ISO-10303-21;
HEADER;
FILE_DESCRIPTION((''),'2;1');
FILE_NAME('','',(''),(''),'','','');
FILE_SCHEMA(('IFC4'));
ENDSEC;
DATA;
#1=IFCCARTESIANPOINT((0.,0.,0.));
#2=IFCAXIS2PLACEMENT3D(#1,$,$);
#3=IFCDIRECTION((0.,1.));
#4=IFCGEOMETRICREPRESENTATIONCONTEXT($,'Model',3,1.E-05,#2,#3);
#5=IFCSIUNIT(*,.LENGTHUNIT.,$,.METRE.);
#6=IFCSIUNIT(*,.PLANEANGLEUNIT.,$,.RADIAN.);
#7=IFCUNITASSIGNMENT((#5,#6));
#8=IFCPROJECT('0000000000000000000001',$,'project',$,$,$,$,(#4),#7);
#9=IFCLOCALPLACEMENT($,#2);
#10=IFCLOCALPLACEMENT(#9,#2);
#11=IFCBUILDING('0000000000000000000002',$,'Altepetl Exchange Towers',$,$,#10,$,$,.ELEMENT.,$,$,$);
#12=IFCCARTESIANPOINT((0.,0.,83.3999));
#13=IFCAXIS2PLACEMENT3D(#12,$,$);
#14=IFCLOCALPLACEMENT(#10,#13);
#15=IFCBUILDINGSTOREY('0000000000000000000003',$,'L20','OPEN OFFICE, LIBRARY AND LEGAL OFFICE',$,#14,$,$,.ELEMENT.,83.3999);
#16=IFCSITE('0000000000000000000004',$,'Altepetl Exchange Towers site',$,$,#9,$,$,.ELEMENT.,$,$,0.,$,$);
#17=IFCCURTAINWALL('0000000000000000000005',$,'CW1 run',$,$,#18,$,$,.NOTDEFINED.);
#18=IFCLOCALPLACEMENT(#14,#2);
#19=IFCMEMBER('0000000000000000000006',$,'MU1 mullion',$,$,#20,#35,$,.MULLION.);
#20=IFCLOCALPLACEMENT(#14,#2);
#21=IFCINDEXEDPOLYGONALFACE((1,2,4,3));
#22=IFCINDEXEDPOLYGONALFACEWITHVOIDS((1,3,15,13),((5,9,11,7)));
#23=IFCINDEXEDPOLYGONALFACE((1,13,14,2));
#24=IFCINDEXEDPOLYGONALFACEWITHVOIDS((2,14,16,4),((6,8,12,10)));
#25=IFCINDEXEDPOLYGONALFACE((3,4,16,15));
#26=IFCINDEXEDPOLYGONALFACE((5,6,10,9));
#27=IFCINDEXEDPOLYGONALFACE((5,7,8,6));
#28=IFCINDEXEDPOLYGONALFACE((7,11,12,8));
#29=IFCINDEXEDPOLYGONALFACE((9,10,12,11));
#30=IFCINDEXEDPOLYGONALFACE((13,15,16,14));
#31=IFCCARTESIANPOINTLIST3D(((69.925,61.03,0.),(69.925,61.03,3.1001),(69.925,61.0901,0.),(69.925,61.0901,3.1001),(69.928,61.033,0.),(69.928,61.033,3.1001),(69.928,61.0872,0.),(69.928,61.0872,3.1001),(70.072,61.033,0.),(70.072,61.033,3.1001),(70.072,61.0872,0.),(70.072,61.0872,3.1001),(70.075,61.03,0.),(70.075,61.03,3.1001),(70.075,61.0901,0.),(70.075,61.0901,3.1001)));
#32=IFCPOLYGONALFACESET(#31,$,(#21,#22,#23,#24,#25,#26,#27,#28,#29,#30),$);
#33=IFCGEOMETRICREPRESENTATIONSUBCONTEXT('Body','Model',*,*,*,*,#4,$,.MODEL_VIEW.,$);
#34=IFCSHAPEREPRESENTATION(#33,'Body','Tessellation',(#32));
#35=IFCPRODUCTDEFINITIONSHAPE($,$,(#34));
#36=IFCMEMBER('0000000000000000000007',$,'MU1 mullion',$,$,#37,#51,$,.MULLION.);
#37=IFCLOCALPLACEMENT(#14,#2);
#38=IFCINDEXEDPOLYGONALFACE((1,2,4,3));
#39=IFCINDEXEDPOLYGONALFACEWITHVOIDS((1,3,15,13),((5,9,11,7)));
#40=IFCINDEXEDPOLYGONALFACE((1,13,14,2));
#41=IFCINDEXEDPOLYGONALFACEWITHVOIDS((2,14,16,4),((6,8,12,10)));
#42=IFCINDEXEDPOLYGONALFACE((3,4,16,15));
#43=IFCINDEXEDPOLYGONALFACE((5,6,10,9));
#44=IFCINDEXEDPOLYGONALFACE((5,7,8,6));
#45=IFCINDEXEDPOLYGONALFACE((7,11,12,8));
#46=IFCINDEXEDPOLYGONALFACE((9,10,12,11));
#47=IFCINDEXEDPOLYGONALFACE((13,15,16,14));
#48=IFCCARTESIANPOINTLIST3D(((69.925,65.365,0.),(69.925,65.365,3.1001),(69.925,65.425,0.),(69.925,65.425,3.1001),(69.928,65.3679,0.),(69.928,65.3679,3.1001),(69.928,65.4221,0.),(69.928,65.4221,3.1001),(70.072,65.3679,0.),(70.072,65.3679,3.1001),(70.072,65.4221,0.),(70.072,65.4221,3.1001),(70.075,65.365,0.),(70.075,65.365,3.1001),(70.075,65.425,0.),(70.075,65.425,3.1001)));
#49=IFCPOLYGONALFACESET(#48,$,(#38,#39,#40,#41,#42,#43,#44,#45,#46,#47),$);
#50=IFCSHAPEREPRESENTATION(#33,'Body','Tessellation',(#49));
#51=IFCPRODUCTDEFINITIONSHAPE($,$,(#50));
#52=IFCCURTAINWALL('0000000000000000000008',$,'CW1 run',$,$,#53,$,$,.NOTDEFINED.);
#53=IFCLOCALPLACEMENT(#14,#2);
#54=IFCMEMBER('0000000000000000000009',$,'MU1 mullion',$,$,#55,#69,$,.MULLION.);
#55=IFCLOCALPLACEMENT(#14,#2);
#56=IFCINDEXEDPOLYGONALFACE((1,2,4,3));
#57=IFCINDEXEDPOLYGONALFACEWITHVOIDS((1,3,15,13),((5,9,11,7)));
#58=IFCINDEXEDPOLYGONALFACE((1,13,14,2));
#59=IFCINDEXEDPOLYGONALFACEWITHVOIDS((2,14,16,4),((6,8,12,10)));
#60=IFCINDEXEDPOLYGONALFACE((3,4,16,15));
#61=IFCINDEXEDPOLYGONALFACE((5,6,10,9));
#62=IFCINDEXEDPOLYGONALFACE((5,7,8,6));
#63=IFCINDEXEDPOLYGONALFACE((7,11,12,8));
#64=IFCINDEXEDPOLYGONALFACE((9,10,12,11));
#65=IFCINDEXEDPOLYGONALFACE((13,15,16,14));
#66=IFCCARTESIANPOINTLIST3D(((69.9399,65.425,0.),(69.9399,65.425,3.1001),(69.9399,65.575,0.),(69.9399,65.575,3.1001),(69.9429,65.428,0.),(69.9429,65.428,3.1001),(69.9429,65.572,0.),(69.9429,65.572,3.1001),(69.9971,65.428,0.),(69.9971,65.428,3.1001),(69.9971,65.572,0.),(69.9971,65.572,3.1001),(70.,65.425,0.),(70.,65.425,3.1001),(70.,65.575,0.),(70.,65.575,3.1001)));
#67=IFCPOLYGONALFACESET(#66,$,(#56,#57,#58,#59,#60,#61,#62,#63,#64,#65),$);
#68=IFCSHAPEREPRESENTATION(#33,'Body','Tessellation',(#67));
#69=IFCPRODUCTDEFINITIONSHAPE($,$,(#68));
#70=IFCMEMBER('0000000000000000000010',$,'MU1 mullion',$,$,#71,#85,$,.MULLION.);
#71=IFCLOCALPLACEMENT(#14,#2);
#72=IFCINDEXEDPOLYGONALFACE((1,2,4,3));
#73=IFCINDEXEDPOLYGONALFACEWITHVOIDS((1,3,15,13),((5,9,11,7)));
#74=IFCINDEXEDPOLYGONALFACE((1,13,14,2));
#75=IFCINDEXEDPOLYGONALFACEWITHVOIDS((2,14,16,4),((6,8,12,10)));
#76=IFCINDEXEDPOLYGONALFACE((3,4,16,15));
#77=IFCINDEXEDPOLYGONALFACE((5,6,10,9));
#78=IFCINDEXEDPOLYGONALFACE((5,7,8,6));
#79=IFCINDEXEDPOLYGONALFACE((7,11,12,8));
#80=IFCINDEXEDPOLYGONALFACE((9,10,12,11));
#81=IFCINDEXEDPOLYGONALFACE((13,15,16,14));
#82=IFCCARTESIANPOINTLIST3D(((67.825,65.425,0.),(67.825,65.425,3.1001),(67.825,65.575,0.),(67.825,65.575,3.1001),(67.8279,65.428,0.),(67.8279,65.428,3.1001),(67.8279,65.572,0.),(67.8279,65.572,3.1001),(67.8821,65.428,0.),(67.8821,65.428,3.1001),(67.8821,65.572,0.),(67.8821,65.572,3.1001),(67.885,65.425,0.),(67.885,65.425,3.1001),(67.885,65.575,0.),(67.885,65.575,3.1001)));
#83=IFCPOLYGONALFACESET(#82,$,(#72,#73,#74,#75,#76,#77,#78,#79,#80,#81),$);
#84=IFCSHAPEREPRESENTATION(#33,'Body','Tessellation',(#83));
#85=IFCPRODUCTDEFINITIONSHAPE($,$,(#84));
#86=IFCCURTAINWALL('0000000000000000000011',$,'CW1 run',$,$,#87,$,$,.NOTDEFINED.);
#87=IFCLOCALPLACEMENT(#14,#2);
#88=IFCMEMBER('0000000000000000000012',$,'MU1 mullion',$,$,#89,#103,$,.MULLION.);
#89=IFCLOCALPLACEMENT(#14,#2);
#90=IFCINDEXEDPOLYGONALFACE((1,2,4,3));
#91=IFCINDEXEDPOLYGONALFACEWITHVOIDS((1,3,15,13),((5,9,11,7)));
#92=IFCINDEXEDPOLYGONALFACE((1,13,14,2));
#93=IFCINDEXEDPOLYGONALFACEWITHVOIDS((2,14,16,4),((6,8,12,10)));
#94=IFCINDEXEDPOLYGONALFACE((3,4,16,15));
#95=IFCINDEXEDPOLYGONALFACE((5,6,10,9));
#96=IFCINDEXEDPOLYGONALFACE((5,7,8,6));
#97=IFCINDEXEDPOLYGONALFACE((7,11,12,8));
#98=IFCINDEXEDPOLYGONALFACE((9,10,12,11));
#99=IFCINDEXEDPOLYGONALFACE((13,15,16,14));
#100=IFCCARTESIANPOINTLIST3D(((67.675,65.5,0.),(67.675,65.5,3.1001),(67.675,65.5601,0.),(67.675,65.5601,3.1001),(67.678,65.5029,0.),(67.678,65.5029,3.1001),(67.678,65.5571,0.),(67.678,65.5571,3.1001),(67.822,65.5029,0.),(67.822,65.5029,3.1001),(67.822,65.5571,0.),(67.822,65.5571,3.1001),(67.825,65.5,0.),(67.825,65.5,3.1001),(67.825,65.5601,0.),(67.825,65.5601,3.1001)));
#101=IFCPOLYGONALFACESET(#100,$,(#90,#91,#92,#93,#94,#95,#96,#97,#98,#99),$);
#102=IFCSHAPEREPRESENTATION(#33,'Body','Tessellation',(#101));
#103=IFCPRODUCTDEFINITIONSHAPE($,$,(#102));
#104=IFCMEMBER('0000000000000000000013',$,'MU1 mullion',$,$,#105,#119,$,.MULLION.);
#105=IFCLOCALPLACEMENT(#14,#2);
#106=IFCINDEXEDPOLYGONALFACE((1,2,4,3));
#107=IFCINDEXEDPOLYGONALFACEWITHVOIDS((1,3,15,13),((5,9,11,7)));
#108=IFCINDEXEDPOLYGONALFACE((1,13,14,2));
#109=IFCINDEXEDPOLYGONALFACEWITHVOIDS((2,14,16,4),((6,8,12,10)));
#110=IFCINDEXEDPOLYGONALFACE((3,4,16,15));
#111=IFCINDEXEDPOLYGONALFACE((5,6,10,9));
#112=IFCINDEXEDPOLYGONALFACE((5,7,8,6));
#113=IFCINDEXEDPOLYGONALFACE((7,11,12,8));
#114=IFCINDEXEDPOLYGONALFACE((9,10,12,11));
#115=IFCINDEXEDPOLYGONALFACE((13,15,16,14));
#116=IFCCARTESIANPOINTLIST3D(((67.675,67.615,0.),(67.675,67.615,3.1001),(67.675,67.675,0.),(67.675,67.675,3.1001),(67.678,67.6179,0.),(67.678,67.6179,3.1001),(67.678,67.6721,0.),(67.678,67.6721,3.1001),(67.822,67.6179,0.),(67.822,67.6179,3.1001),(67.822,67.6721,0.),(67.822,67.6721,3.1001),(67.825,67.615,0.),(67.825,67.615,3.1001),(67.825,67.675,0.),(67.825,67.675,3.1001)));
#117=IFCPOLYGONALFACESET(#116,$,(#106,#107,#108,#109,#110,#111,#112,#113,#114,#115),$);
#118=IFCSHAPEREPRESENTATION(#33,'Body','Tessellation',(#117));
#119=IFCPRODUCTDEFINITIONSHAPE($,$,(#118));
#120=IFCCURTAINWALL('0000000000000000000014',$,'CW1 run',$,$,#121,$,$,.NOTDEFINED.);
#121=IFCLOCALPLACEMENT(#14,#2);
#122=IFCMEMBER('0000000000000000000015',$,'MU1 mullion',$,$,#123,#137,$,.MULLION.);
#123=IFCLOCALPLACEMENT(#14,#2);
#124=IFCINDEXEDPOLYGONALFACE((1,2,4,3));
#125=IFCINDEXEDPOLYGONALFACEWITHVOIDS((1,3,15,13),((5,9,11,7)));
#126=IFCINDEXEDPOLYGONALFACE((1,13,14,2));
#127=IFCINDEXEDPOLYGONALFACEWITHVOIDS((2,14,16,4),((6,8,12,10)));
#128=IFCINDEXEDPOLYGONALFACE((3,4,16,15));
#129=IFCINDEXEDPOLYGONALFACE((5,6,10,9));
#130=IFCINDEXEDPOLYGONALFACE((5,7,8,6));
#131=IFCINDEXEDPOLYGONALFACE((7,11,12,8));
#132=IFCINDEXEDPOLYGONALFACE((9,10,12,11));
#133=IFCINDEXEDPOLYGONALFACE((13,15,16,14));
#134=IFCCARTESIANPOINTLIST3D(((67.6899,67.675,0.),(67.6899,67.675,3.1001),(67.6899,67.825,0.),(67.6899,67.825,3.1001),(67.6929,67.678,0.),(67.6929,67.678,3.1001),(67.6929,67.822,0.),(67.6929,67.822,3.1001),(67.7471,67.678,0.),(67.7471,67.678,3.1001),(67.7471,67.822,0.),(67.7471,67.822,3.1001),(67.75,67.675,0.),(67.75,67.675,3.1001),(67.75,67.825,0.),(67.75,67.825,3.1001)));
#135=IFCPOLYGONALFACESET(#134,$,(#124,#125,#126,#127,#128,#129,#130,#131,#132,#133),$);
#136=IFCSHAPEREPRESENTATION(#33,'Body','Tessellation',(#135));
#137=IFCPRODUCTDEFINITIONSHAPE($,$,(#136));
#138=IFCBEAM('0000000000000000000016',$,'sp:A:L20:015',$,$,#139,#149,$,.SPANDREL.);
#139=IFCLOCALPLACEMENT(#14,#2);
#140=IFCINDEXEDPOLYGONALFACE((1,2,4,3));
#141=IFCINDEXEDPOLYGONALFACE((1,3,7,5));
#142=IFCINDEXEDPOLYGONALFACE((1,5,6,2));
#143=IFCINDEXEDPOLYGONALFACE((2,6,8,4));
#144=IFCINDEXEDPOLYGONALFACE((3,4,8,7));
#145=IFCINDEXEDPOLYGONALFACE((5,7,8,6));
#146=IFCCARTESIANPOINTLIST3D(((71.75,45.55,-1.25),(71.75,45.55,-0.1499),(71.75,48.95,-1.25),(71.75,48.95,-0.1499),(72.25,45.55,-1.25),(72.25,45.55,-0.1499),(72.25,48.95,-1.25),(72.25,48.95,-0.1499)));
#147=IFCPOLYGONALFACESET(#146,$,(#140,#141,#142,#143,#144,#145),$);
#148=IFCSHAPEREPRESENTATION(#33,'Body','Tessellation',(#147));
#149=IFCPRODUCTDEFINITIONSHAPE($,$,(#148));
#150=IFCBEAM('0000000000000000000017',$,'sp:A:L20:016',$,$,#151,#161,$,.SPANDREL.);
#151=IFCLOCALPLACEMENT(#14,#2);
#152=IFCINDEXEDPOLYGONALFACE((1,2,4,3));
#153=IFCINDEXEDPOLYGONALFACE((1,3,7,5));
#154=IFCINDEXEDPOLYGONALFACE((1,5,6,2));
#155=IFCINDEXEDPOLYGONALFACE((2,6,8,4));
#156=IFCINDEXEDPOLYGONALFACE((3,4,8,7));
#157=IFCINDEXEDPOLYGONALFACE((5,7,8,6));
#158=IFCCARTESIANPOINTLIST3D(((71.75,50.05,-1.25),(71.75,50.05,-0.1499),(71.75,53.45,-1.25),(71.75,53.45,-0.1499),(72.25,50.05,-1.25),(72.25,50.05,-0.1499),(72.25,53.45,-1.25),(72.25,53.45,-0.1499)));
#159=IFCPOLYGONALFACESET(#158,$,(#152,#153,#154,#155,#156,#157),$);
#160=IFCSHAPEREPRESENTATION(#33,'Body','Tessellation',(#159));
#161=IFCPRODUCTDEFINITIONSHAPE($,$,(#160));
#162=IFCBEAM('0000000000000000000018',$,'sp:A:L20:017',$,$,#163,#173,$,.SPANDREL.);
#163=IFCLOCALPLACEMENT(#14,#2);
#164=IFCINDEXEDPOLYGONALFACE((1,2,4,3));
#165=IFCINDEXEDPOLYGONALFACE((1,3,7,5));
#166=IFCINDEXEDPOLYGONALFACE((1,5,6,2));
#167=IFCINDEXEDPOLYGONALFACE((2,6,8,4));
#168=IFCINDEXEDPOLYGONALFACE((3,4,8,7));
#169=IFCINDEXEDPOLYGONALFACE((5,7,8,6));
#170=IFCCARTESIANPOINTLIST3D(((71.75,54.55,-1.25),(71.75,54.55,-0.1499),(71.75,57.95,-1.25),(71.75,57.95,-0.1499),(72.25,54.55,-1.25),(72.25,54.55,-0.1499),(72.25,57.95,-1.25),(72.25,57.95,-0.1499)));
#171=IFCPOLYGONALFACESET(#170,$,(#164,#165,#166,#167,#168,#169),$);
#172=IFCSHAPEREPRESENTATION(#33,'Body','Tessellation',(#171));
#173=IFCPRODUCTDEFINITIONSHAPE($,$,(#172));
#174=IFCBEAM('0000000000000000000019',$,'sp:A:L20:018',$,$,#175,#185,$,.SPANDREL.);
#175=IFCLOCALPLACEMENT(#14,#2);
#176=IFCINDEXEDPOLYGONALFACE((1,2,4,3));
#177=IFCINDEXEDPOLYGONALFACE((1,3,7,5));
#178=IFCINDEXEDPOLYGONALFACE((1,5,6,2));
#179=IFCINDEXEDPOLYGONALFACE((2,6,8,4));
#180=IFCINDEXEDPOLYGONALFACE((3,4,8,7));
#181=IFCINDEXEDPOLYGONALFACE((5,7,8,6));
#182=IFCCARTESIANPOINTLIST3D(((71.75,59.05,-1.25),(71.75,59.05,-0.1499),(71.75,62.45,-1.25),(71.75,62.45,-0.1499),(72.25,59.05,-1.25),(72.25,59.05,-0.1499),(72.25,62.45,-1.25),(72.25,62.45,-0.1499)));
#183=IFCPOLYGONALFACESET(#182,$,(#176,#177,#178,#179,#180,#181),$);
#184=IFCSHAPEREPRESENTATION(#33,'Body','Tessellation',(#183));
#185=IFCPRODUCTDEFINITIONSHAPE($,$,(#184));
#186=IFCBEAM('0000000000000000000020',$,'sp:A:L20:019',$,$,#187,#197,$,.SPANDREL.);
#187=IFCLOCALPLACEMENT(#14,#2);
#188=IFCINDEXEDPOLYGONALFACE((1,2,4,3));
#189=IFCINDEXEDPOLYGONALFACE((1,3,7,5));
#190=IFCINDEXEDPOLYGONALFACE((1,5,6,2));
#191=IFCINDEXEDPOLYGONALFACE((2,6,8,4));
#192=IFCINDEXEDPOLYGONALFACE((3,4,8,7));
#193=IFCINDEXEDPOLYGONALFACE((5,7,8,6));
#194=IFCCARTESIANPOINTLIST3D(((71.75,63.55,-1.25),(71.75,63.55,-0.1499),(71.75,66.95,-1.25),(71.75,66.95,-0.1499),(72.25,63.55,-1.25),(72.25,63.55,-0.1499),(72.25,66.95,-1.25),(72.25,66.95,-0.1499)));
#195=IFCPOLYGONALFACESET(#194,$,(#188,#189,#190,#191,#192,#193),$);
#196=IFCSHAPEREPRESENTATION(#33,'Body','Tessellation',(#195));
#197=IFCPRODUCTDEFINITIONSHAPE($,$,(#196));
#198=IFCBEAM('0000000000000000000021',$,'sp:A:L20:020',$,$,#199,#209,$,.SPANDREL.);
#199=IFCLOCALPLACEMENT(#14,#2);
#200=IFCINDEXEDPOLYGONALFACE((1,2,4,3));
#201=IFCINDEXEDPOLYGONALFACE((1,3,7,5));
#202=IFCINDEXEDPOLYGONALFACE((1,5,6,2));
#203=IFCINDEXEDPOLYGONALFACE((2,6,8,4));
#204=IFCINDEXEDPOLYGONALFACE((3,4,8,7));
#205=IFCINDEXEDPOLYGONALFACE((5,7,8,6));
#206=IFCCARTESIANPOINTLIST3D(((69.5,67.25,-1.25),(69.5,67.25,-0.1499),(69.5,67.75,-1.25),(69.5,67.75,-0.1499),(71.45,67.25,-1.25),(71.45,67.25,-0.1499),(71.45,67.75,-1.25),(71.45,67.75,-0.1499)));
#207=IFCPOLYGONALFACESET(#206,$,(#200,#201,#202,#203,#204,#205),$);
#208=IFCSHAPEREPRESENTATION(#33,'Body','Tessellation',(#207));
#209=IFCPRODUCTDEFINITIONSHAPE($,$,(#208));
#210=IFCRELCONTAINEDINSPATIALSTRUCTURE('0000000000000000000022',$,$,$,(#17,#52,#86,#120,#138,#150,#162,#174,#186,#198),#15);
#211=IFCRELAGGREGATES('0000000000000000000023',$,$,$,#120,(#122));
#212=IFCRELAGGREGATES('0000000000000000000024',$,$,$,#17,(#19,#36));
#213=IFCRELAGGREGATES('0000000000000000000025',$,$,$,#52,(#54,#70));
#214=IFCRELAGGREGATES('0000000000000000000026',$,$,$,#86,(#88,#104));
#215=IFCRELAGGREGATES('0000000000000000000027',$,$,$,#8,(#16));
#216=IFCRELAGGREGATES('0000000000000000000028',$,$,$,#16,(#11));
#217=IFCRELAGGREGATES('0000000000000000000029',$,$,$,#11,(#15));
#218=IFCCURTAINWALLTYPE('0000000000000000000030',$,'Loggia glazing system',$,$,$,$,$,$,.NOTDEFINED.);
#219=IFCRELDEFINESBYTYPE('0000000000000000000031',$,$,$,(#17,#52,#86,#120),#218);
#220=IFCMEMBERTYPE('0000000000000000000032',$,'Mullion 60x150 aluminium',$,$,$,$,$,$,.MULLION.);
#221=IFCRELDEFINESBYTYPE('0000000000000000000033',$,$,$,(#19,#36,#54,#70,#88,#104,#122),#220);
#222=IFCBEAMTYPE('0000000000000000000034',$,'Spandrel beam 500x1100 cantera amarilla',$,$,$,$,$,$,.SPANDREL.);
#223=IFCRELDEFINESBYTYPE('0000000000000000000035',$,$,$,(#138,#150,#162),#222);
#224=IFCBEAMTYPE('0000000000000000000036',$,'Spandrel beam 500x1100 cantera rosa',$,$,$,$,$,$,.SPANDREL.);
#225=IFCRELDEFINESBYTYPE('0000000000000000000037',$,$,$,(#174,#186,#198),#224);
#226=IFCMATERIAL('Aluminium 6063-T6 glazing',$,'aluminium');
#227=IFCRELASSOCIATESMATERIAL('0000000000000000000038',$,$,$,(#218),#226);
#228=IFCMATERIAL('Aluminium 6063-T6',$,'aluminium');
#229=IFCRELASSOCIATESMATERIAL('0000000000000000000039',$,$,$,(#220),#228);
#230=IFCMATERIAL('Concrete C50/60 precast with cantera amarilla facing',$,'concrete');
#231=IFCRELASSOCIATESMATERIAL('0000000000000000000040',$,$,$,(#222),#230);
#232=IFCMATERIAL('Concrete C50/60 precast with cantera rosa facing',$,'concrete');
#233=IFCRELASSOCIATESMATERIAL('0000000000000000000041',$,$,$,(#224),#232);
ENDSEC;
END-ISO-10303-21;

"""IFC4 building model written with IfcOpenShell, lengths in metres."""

from ifc_helpers import new_model, si_unit, direction, frame, origin, origin_2d, place, context, subcontext, project, spatial, rectangle, hollow_rectangle, extrude, material, material_profile, profile_set, type_object, element, aggregate, save


model = new_model("IFC4")

# Units and contexts
model_context = context("Model", 3, precision=1e-05, world=origin(), true_north=direction((0.0, 1.0)))
body_context = subcontext(model_context, "Body", "Model", "MODEL_VIEW")
ifc_project = project(units=[si_unit("LENGTHUNIT", "METRE"), si_unit("PLANEANGLEUNIT", "RADIAN")], contexts=[model_context])

# Site, building, storey
site_placement = place(None, origin())
site = spatial("IfcSite", under=ifc_project, at=site_placement, Name="Altepetl Exchange Towers site", CompositionType="ELEMENT", RefElevation=0.0)
building_placement = place(site_placement, origin())
building = spatial("IfcBuilding", under=site, at=building_placement, Name="Altepetl Exchange Towers", CompositionType="ELEMENT")
storey_placement = place(building_placement, frame((0.0, 0.0, 83.3999)))
storey = spatial("IfcBuildingStorey", under=building, at=storey_placement, Name="L20", Description="OPEN OFFICE, LIBRARY AND LEGAL OFFICE", CompositionType="ELEMENT", Elevation=83.3999)

# Curtain walls, members
ifc_material_1 = material(Name="Aluminium 6063-T6 glazing", Category="aluminium")
curtain_wall_type = type_object("IfcCurtainWallType", Name="Loggia glazing system", PredefinedType="NOTDEFINED", material=ifc_material_1)
ifc_material_2 = material(Name="Aluminium 6063-T6", Category="aluminium")
ifc_material_profile_1 = material_profile(ifc_material_2, hollow_rectangle(XDim=0.0601, YDim=0.1499, WallThickness=0.0029, at=origin_2d()), Name="Mullion 60x150 aluminium")
ifc_profile_set_1 = profile_set([ifc_material_profile_1], Name="Aluminium 6063-T6")
member_type = type_object("IfcMemberType", Name="Mullion 60x150 aluminium", PredefinedType="MULLION", material=ifc_profile_set_1)
curtain_wall_1_placement = place(storey_placement, origin())
curtain_wall_1 = element("IfcCurtainWall", 1, at=curtain_wall_1_placement, inside=storey, type_object=curtain_wall_type, Name="CW1 run", PredefinedType="NOTDEFINED")
member_1_placement = place(storey_placement, frame((70.0, 61.0601, 0.0), z_axis=(0.0, 0.0, 1.0), x_axis=(0.0, 1.0, 0.0)))
member_1 = element("IfcMember", 2, at=member_1_placement, type_object=member_type, Name="MU1 mullion", PredefinedType="MULLION", context=body_context, shape_type="SweptSolid", body=[
    extrude(hollow_rectangle(XDim=0.0601, YDim=0.1499, WallThickness=0.0029, at=origin_2d()), origin(), (0.0, 0.0, 1.0), 3.1001),
])
member_2_placement = place(storey_placement, frame((70.0, 65.395, 0.0), z_axis=(0.0, 0.0, 1.0), x_axis=(0.0, 1.0, 0.0)))
member_2 = element("IfcMember", 3, at=member_2_placement, type_object=member_type, Name="MU1 mullion", PredefinedType="MULLION", context=body_context, shape_type="SweptSolid", body=[
    extrude(hollow_rectangle(XDim=0.0601, YDim=0.1499, WallThickness=0.0029, at=origin_2d()), origin(), (0.0, 0.0, 1.0), 3.1001),
])
curtain_wall_2_placement = place(storey_placement, origin())
curtain_wall_2 = element("IfcCurtainWall", 4, at=curtain_wall_2_placement, inside=storey, type_object=curtain_wall_type, Name="CW1 run", PredefinedType="NOTDEFINED")
member_3_placement = place(storey_placement, frame((69.97, 65.5, 0.0), z_axis=(0.0, 0.0, 1.0), x_axis=(-1.0, 0.0, 0.0)))
member_3 = element("IfcMember", 5, at=member_3_placement, type_object=member_type, Name="MU1 mullion", PredefinedType="MULLION", context=body_context, shape_type="SweptSolid", body=[
    extrude(hollow_rectangle(XDim=0.0601, YDim=0.1499, WallThickness=0.0029, at=origin_2d()), origin(), (0.0, 0.0, 1.0), 3.1001),
])
member_4_placement = place(storey_placement, frame((67.855, 65.5, 0.0), z_axis=(0.0, 0.0, 1.0), x_axis=(-1.0, 0.0, 0.0)))
member_4 = element("IfcMember", 6, at=member_4_placement, type_object=member_type, Name="MU1 mullion", PredefinedType="MULLION", context=body_context, shape_type="SweptSolid", body=[
    extrude(hollow_rectangle(XDim=0.0601, YDim=0.1499, WallThickness=0.0029, at=origin_2d()), origin(), (0.0, 0.0, 1.0), 3.1001),
])
curtain_wall_3_placement = place(storey_placement, origin())
curtain_wall_3 = element("IfcCurtainWall", 7, at=curtain_wall_3_placement, inside=storey, type_object=curtain_wall_type, Name="CW1 run", PredefinedType="NOTDEFINED")
member_5_placement = place(storey_placement, frame((67.75, 65.53, 0.0), z_axis=(0.0, 0.0, 1.0), x_axis=(0.0, 1.0, 0.0)))
member_5 = element("IfcMember", 8, at=member_5_placement, type_object=member_type, Name="MU1 mullion", PredefinedType="MULLION", context=body_context, shape_type="SweptSolid", body=[
    extrude(hollow_rectangle(XDim=0.0601, YDim=0.1499, WallThickness=0.0029, at=origin_2d()), origin(), (0.0, 0.0, 1.0), 3.1001),
])
member_6_placement = place(storey_placement, frame((67.75, 67.645, 0.0), z_axis=(0.0, 0.0, 1.0), x_axis=(0.0, 1.0, 0.0)))
member_6 = element("IfcMember", 9, at=member_6_placement, type_object=member_type, Name="MU1 mullion", PredefinedType="MULLION", context=body_context, shape_type="SweptSolid", body=[
    extrude(hollow_rectangle(XDim=0.0601, YDim=0.1499, WallThickness=0.0029, at=origin_2d()), origin(), (0.0, 0.0, 1.0), 3.1001),
])

# Curtain wall, member
curtain_wall_4_placement = place(storey_placement, origin())
curtain_wall_4 = element("IfcCurtainWall", 10, at=curtain_wall_4_placement, inside=storey, type_object=curtain_wall_type, Name="CW1 run", PredefinedType="NOTDEFINED")
member_7_placement = place(storey_placement, frame((67.72, 67.75, 0.0), z_axis=(0.0, 0.0, 1.0), x_axis=(-1.0, 0.0, 0.0)))
member_7 = element("IfcMember", 11, at=member_7_placement, type_object=member_type, Name="MU1 mullion", PredefinedType="MULLION", context=body_context, shape_type="SweptSolid", body=[
    extrude(hollow_rectangle(XDim=0.0601, YDim=0.1499, WallThickness=0.0029, at=origin_2d()), origin(), (0.0, 0.0, 1.0), 3.1001),
])
aggregate(curtain_wall_4, [member_7])

# Beams
ifc_material_3 = material(Name="Concrete C50/60 precast with cantera amarilla facing", Category="concrete")
ifc_material_profile_2 = material_profile(ifc_material_3, rectangle(XDim=0.5, YDim=1.1001, at=origin_2d()), Name="500 x 1100")
ifc_profile_set_2 = profile_set([ifc_material_profile_2], Name="Concrete C50/60 precast with cantera amarilla facing")
beam_type_1 = type_object("IfcBeamType", Name="Spandrel beam 500x1100 cantera amarilla", PredefinedType="SPANDREL", material=ifc_profile_set_2)
for number, where, z_axis, x_axis, name in (
    (12, (72.0, 45.55, -0.7), (0.0, 1.0, 0.0), (-1.0, 0.0, 0.0), "sp:A:L20:015"),
    (13, (72.0, 50.05, -0.7), (0.0, 1.0, 0.0), (-1.0, 0.0, 0.0), "sp:A:L20:016"),
    (14, (72.0, 54.55, -0.7), (0.0, 1.0, 0.0), (-1.0, 0.0, 0.0), "sp:A:L20:017"),
):
    element("IfcBeam", number, at=place(storey_placement, frame(where, z_axis=z_axis, x_axis=x_axis)), inside=storey, type_object=beam_type_1, Name=name, PredefinedType="SPANDREL", context=body_context, shape_type="SweptSolid", body=[
        extrude(rectangle(XDim=0.5, YDim=1.1001, at=origin_2d()), origin(), (0.0, 0.0, 1.0), 3.3999),
    ])
ifc_material_4 = material(Name="Concrete C50/60 precast with cantera rosa facing", Category="concrete")
ifc_material_profile_3 = material_profile(ifc_material_4, rectangle(XDim=0.5, YDim=1.1001, at=origin_2d()), Name="500 x 1100")
ifc_profile_set_3 = profile_set([ifc_material_profile_3], Name="Concrete C50/60 precast with cantera rosa facing")
beam_type_2 = type_object("IfcBeamType", Name="Spandrel beam 500x1100 cantera rosa", PredefinedType="SPANDREL", material=ifc_profile_set_3)
for number, where, z_axis, x_axis, name in (
    (15, (72.0, 59.05, -0.7), (0.0, 1.0, 0.0), (-1.0, 0.0, 0.0), "sp:A:L20:018"),
    (16, (72.0, 63.55, -0.7), (0.0, 1.0, 0.0), (-1.0, 0.0, 0.0), "sp:A:L20:019"),
):
    element("IfcBeam", number, at=place(storey_placement, frame(where, z_axis=z_axis, x_axis=x_axis)), inside=storey, type_object=beam_type_2, Name=name, PredefinedType="SPANDREL", context=body_context, shape_type="SweptSolid", body=[
        extrude(rectangle(XDim=0.5, YDim=1.1001, at=origin_2d()), origin(), (0.0, 0.0, 1.0), 3.3999),
    ])
beam_1_placement = place(storey_placement, frame((71.45, 67.5, -0.7), z_axis=(-1.0, 0.0, 0.0), x_axis=(0.0, -1.0, 0.0)))
element("IfcBeam", 17, at=beam_1_placement, inside=storey, type_object=beam_type_2, Name="sp:A:L20:020", PredefinedType="SPANDREL", context=body_context, shape_type="SweptSolid", body=[
    extrude(rectangle(XDim=0.5, YDim=1.1001, at=origin_2d()), origin(), (0.0, 0.0, 1.0), 1.95),
])

aggregate(curtain_wall_1, [member_1, member_2])
aggregate(curtain_wall_2, [member_3, member_4])
aggregate(curtain_wall_3, [member_5, member_6])

save(model, "model.ifc")
